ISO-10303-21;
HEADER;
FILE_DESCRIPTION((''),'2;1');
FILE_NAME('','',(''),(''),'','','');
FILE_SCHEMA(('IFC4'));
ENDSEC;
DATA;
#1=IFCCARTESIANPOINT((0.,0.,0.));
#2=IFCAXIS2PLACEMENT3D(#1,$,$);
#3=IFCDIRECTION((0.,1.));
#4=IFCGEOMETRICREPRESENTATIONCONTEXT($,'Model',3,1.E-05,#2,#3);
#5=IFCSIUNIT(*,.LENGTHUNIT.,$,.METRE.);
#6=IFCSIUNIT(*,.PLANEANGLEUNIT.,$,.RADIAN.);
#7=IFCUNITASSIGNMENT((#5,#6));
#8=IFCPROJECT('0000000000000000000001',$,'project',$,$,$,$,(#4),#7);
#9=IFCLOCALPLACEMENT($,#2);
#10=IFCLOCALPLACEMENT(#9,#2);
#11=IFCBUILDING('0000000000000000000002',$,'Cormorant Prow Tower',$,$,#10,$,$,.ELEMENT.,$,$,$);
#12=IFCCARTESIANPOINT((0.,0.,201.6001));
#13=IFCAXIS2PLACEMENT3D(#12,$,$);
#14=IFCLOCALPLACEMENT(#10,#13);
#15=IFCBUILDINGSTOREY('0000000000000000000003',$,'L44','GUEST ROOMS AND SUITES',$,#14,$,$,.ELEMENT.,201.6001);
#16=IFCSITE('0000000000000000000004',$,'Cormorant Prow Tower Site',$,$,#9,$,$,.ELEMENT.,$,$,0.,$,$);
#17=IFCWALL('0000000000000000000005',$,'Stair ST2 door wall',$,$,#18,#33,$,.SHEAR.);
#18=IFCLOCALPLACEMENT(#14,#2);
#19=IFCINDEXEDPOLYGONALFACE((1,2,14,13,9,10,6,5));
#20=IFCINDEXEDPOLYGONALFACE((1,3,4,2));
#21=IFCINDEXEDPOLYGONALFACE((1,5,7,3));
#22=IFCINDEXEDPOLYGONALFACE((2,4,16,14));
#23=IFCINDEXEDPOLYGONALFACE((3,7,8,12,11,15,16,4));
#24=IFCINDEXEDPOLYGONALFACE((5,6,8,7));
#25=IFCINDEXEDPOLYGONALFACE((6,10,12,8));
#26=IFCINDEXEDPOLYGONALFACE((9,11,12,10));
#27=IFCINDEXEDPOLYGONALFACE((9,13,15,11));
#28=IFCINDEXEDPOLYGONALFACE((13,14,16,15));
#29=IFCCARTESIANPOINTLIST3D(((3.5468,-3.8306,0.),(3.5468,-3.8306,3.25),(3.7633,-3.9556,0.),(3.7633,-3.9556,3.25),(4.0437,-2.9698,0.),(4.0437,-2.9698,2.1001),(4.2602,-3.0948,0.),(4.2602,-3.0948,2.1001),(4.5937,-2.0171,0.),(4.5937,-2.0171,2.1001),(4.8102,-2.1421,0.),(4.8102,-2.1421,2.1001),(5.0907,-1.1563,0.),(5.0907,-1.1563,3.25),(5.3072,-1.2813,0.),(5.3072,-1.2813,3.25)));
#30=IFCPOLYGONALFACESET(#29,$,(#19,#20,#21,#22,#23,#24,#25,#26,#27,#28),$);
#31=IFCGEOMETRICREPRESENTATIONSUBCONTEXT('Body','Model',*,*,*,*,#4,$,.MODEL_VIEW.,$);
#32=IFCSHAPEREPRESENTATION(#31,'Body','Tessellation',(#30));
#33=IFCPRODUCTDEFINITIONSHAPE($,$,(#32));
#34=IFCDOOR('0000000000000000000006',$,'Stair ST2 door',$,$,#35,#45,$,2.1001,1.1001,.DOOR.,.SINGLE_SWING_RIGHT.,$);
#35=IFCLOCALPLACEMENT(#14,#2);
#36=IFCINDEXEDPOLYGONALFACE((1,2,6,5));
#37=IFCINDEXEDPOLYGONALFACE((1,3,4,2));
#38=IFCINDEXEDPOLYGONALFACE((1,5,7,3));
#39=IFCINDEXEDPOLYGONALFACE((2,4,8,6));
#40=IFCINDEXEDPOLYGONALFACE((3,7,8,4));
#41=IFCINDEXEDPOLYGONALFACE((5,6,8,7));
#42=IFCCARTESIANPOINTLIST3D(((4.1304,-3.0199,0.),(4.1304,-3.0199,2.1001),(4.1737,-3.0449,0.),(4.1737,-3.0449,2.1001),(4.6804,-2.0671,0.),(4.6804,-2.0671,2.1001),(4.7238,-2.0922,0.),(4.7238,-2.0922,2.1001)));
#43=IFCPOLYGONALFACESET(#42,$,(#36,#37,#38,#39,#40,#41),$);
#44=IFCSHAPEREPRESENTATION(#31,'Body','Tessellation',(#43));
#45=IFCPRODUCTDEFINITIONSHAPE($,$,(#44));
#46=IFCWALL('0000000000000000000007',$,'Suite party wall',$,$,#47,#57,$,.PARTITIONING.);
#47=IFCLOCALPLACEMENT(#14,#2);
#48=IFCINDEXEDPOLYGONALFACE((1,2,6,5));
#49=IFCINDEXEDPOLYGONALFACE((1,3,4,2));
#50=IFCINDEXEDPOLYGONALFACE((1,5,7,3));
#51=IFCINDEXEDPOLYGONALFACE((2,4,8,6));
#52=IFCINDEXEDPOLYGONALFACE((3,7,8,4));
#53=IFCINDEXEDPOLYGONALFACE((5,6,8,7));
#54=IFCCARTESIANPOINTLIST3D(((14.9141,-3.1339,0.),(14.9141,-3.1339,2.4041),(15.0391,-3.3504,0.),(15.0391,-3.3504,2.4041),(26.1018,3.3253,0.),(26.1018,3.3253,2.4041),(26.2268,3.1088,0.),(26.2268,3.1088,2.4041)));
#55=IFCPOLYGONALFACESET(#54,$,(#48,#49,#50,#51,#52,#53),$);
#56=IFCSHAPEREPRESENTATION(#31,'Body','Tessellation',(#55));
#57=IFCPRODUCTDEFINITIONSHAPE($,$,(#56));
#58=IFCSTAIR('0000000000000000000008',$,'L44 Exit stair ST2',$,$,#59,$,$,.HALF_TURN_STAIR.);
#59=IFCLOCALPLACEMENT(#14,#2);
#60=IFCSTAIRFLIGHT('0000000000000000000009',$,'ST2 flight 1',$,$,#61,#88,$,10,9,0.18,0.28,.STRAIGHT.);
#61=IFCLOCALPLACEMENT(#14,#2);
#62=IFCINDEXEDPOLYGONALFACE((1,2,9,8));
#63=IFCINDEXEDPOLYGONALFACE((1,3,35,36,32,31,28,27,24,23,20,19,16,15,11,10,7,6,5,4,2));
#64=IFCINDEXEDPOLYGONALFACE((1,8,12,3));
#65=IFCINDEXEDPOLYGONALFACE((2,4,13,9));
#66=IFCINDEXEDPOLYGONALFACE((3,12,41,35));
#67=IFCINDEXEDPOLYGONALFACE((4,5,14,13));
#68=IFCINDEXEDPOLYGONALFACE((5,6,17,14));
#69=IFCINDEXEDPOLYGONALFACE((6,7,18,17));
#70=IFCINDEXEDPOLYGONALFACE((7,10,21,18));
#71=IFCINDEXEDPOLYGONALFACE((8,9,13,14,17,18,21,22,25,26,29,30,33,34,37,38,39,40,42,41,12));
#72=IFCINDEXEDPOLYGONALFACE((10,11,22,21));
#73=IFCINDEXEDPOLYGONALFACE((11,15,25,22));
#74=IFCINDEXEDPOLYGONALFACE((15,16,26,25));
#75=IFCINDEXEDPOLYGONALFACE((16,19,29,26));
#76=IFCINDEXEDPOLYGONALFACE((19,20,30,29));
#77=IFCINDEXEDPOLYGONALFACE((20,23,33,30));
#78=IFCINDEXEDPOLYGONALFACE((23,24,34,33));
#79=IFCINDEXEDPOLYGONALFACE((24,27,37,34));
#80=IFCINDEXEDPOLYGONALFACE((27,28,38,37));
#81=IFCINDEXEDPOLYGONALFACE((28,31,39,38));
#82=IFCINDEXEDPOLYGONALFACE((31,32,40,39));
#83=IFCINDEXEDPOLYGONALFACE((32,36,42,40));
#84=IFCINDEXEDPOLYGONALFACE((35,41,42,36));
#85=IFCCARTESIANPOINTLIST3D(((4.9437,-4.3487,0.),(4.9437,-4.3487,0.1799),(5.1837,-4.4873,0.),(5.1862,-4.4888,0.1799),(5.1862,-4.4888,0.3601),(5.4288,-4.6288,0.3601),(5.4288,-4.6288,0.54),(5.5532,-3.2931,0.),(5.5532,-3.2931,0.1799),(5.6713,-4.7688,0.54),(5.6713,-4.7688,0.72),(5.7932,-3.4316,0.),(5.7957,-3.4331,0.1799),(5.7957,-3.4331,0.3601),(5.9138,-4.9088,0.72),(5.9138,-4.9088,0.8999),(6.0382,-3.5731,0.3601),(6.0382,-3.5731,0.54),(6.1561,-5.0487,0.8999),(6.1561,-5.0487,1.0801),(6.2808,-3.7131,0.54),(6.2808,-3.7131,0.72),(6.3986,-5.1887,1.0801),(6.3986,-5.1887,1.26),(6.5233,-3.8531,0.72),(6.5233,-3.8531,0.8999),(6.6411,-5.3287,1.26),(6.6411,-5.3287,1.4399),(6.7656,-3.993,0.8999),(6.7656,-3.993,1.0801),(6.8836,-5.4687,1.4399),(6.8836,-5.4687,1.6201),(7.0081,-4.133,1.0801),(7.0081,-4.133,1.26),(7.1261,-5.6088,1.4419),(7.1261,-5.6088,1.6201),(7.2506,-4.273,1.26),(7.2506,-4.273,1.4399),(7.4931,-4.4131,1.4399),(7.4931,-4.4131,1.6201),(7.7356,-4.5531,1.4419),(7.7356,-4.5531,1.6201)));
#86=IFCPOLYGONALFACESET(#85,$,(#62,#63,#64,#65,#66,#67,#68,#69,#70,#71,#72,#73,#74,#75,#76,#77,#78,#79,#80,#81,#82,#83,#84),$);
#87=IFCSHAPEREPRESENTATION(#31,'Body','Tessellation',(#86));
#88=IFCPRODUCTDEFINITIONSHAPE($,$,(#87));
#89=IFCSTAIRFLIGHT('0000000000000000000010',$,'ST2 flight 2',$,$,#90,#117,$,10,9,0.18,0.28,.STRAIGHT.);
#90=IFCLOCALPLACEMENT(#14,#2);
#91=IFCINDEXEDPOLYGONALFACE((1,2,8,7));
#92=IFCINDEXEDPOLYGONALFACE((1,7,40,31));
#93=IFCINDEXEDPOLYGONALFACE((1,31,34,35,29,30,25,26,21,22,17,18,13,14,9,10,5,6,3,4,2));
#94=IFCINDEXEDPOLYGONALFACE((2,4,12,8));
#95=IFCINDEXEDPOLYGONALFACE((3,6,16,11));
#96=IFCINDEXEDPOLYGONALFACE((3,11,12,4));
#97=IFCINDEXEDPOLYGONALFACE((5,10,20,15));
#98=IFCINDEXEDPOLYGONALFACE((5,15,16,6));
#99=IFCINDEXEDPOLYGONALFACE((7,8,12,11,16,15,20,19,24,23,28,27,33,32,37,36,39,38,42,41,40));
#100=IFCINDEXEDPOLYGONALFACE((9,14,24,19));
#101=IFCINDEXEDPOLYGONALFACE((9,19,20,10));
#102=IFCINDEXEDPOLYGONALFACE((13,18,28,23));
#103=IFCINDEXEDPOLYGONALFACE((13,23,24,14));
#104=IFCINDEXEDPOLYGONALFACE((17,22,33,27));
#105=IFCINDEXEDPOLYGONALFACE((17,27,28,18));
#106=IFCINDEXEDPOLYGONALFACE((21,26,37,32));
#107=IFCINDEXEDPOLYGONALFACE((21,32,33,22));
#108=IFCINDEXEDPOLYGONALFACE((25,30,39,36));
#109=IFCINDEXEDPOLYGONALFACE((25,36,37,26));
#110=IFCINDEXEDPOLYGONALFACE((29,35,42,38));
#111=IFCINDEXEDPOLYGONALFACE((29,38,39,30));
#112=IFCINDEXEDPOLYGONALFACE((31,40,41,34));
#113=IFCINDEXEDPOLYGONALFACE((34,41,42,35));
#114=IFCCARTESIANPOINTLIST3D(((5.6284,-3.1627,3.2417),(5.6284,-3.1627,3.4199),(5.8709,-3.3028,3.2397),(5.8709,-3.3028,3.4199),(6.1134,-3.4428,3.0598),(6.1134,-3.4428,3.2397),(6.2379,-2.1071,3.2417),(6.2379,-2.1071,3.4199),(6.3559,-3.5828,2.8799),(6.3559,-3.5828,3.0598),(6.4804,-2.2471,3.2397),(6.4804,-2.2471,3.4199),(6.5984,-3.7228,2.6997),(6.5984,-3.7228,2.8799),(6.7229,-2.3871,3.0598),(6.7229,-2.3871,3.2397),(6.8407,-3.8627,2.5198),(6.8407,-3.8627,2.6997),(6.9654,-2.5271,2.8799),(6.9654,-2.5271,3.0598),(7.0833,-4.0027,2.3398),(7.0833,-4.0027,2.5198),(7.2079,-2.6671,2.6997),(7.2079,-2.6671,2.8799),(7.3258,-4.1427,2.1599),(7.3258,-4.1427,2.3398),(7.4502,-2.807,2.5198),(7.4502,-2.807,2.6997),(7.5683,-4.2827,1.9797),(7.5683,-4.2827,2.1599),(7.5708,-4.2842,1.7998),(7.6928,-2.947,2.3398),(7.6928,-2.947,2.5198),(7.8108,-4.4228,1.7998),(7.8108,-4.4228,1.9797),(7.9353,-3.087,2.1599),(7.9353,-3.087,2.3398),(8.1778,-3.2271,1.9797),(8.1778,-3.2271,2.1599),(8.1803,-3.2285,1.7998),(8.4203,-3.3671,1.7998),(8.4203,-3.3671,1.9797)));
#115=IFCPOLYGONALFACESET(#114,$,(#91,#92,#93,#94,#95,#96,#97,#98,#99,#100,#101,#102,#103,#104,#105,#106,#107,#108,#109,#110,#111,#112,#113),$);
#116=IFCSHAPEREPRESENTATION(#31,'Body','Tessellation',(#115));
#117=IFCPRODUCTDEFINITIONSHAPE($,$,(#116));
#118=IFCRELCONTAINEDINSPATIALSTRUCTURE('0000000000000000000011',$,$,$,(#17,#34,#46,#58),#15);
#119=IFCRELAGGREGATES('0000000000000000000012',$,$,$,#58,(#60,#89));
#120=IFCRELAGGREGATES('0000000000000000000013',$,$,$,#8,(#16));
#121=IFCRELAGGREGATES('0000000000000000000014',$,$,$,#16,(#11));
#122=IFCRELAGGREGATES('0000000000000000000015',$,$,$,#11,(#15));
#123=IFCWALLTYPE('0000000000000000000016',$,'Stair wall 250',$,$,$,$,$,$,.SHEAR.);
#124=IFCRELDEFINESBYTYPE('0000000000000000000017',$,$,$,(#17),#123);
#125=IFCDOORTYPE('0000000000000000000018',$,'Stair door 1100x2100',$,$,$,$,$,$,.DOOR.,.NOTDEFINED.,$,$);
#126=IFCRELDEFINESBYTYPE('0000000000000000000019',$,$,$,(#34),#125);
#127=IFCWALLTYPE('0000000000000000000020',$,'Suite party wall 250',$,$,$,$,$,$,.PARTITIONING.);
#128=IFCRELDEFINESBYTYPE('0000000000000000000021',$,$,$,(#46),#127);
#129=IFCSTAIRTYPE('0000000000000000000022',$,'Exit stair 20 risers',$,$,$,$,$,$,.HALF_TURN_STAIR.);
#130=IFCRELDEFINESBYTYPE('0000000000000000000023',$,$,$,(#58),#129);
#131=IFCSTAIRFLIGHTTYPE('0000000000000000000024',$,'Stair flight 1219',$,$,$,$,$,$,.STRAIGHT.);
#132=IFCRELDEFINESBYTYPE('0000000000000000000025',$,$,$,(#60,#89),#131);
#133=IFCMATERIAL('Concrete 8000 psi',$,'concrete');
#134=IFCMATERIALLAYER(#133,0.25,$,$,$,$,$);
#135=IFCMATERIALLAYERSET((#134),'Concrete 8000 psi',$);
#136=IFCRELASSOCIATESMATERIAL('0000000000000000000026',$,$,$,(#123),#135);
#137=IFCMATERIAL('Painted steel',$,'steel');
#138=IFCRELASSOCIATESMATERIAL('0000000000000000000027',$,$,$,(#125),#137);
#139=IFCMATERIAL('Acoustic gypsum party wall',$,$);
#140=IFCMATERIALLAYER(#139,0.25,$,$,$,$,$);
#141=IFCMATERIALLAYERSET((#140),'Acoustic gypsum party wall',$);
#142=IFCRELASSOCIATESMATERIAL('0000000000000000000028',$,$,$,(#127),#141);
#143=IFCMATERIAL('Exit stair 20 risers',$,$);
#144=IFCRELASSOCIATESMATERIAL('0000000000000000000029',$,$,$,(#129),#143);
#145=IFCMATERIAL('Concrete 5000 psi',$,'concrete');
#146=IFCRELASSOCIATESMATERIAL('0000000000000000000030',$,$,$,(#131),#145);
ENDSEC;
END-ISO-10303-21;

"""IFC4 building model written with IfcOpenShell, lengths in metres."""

from ifc_helpers import new_model, si_unit, direction, frame, frame_2d, origin, place, context, subcontext, project, spatial, polyline, rectangle, outline, extrude, material, layer, layer_set, type_object, element, fill, aggregate, save


model = new_model("IFC4")

# Units and contexts
model_context = context("Model", 3, precision=1e-05, world=origin(), true_north=direction((0.0, 1.0)))
body_context = subcontext(model_context, "Body", "Model", "MODEL_VIEW")
ifc_project = project(units=[si_unit("LENGTHUNIT", "METRE"), si_unit("PLANEANGLEUNIT", "RADIAN")], contexts=[model_context])

# Site, building, storey
site_placement = place(None, origin())
site = spatial("IfcSite", under=ifc_project, at=site_placement, Name="Cormorant Prow Tower Site", CompositionType="ELEMENT", RefElevation=0.0)
building_placement = place(site_placement, origin())
building = spatial("IfcBuilding", under=site, at=building_placement, Name="Cormorant Prow Tower", CompositionType="ELEMENT")
storey_placement = place(building_placement, frame((0.0, 0.0, 201.6001)))
storey = spatial("IfcBuildingStorey", under=building, at=storey_placement, Name="L44", Description="GUEST ROOMS AND SUITES", CompositionType="ELEMENT", Elevation=201.6001)

# Wall, opening, door
ifc_material_1 = material(Name="Concrete 8000 psi", Category="concrete")
ifc_layer_1 = layer(ifc_material_1, 0.25)
ifc_layer_set_1 = layer_set([ifc_layer_1], Name="Concrete 8000 psi")
wall_type_1 = type_object("IfcWallType", Name="Stair wall 250", PredefinedType="SHEAR", material=ifc_layer_set_1)
wall_1_placement = place(storey_placement, frame((3.655, -3.8931, 0.0), z_axis=(0.0, 0.0, 1.0), x_axis=(0.499983, 0.866035, 0.0)))
wall_1 = element("IfcWall", 1, at=wall_1_placement, inside=storey, type_object=wall_type_1, Name="Stair ST2 door wall", PredefinedType="SHEAR", context=body_context, shape_type="SweptSolid", body=[
    extrude(rectangle(XDim=3.0879, YDim=0.25, at=frame_2d((1.5439, 0.0))), origin(), (0.0, 0.0, 1.0), 3.25),
])
opening_1_placement = place(wall_1_placement, frame((0.9939, 0.0, 0.0)))
opening_1 = element("IfcOpeningElement", 2, at=opening_1_placement, cuts=wall_1, PredefinedType="OPENING", context=body_context, shape_type="SweptSolid", body=[
    extrude(rectangle(XDim=1.1001, YDim=2.1001, at=frame_2d((0.55, 1.05))), frame((0.0, 0.135, 0.0), z_axis=(0.0, -1.0, 0.0), x_axis=(1.0, 0.0, 0.0)), (0.0, 0.0, 1.0), 0.27),
])
ifc_material_2 = material(Name="Painted steel", Category="steel")
door_type_1 = type_object("IfcDoorType", Name="Stair door 1100x2100", OperationType="NOTDEFINED", PredefinedType="DOOR", material=ifc_material_2)
door_1_placement = place(opening_1_placement, origin())
door_1 = element("IfcDoor", 3, at=door_1_placement, inside=storey, type_object=door_type_1, Name="Stair ST2 door", OperationType="SINGLE_SWING_RIGHT", OverallHeight=2.1001, OverallWidth=1.1001, PredefinedType="DOOR", context=body_context, shape_type="SweptSolid", body=[
    extrude(rectangle(XDim=1.1001, YDim=2.1001, at=frame_2d((0.55, 1.05))), frame((0.0, 0.0249, 0.0), z_axis=(0.0, -1.0, 0.0), x_axis=(1.0, 0.0, 0.0)), (0.0, 0.0, 1.0), 0.05),
])
fill(opening_1, door_1)

# Wall
ifc_material_3 = material(Name="Acoustic gypsum party wall")
ifc_layer_2 = layer(ifc_material_3, 0.25)
ifc_layer_set_2 = layer_set([ifc_layer_2], Name="Acoustic gypsum party wall")
wall_type_2 = type_object("IfcWallType", Name="Suite party wall 250", PredefinedType="PARTITIONING", material=ifc_layer_set_2)
wall_2_placement = place(storey_placement, frame((14.9766, -3.2422, 0.0), z_axis=(0.0, 0.0, 1.0), x_axis=(0.866026, 0.499999, 0.0)))
element("IfcWall", 4, at=wall_2_placement, inside=storey, type_object=wall_type_2, Name="Suite party wall", PredefinedType="PARTITIONING", context=body_context, shape_type="SweptSolid", body=[
    extrude(rectangle(XDim=12.9185, YDim=0.25, at=frame_2d((6.4592, 0.0))), origin(), (0.0, 0.0, 1.0), 2.4041),
])

# Stair, stair flights
ifc_material_4 = material(Name="Exit stair 20 risers")
stair_type = type_object("IfcStairType", Name="Exit stair 20 risers", PredefinedType="HALF_TURN_STAIR", material=ifc_material_4)
stair_placement = place(storey_placement, origin())
stair = element("IfcStair", 5, at=stair_placement, inside=storey, type_object=stair_type, Name="L44 Exit stair ST2", PredefinedType="HALF_TURN_STAIR")
ifc_material_5 = material(Name="Concrete 5000 psi", Category="concrete")
stair_flight_type = type_object("IfcStairFlightType", Name="Stair flight 1219", PredefinedType="STRAIGHT", material=ifc_material_5)
stair_flight_1_placement = place(storey_placement, frame((5.2485, -3.8208, 0.0), z_axis=(0.0, 0.0, 1.0), x_axis=(0.866025, -0.5, 0.0)))
stair_flight_1 = element("IfcStairFlight", 6, at=stair_flight_1_placement, type_object=stair_flight_type, Name="ST2 flight 1", NumberOfRisers=10, NumberOfTreads=9, PredefinedType="STRAIGHT", RiserHeight=0.18, TreadLength=0.28, context=body_context, shape_type="SweptSolid", body=[
    extrude(outline(polyline([(0.0, 0.0), (0.0, 0.1799), (0.28, 0.1799), (0.28, 0.3601), (0.5601, 0.3601), (0.5601, 0.54), (0.8401, 0.54), (0.8401, 0.72), (1.1201, 0.72), (1.1201, 0.8999), (1.3999, 0.8999), (1.3999, 1.0801), (1.6799, 1.0801), (1.6799, 1.26), (1.96, 1.26), (1.96, 1.4399), (2.24, 1.4399), (2.24, 1.6201), (2.52, 1.6201), (2.52, 1.8), (2.52, 1.4419), (0.2771, 0.0), (0.0, 0.0)])), frame((0.0, 0.6094, 0.0), z_axis=(0.0, -1.0, 0.0), x_axis=(1.0, 0.0, 0.0)), (0.0, 0.0, 1.0), 1.219),
])
stair_flight_2_placement = place(storey_placement, frame((8.1155, -3.895, 1.7998), z_axis=(0.0, 0.0, 1.0), x_axis=(-0.866025, 0.5, 0.0)))
stair_flight_2 = element("IfcStairFlight", 7, at=stair_flight_2_placement, type_object=stair_flight_type, Name="ST2 flight 2", NumberOfRisers=10, NumberOfTreads=9, PredefinedType="STRAIGHT", RiserHeight=0.18, TreadLength=0.28, context=body_context, shape_type="SweptSolid", body=[
    extrude(outline(polyline([(0.0, 0.0), (0.0, 0.1799), (0.28, 0.1799), (0.28, 0.3601), (0.5601, 0.3601), (0.5601, 0.54), (0.8401, 0.54), (0.8401, 0.72), (1.1201, 0.72), (1.1201, 0.8999), (1.3999, 0.8999), (1.3999, 1.0801), (1.6799, 1.0801), (1.6799, 1.26), (1.96, 1.26), (1.96, 1.4399), (2.24, 1.4399), (2.24, 1.6201), (2.52, 1.6201), (2.52, 1.8), (2.52, 1.4419), (0.2771, 0.0), (0.0, 0.0)])), frame((0.0, 0.6094, 0.0), z_axis=(0.0, -1.0, 0.0), x_axis=(1.0, 0.0, 0.0)), (0.0, 0.0, 1.0), 1.219),
])
aggregate(stair, [stair_flight_1, stair_flight_2])

save(model, "model.ifc")
